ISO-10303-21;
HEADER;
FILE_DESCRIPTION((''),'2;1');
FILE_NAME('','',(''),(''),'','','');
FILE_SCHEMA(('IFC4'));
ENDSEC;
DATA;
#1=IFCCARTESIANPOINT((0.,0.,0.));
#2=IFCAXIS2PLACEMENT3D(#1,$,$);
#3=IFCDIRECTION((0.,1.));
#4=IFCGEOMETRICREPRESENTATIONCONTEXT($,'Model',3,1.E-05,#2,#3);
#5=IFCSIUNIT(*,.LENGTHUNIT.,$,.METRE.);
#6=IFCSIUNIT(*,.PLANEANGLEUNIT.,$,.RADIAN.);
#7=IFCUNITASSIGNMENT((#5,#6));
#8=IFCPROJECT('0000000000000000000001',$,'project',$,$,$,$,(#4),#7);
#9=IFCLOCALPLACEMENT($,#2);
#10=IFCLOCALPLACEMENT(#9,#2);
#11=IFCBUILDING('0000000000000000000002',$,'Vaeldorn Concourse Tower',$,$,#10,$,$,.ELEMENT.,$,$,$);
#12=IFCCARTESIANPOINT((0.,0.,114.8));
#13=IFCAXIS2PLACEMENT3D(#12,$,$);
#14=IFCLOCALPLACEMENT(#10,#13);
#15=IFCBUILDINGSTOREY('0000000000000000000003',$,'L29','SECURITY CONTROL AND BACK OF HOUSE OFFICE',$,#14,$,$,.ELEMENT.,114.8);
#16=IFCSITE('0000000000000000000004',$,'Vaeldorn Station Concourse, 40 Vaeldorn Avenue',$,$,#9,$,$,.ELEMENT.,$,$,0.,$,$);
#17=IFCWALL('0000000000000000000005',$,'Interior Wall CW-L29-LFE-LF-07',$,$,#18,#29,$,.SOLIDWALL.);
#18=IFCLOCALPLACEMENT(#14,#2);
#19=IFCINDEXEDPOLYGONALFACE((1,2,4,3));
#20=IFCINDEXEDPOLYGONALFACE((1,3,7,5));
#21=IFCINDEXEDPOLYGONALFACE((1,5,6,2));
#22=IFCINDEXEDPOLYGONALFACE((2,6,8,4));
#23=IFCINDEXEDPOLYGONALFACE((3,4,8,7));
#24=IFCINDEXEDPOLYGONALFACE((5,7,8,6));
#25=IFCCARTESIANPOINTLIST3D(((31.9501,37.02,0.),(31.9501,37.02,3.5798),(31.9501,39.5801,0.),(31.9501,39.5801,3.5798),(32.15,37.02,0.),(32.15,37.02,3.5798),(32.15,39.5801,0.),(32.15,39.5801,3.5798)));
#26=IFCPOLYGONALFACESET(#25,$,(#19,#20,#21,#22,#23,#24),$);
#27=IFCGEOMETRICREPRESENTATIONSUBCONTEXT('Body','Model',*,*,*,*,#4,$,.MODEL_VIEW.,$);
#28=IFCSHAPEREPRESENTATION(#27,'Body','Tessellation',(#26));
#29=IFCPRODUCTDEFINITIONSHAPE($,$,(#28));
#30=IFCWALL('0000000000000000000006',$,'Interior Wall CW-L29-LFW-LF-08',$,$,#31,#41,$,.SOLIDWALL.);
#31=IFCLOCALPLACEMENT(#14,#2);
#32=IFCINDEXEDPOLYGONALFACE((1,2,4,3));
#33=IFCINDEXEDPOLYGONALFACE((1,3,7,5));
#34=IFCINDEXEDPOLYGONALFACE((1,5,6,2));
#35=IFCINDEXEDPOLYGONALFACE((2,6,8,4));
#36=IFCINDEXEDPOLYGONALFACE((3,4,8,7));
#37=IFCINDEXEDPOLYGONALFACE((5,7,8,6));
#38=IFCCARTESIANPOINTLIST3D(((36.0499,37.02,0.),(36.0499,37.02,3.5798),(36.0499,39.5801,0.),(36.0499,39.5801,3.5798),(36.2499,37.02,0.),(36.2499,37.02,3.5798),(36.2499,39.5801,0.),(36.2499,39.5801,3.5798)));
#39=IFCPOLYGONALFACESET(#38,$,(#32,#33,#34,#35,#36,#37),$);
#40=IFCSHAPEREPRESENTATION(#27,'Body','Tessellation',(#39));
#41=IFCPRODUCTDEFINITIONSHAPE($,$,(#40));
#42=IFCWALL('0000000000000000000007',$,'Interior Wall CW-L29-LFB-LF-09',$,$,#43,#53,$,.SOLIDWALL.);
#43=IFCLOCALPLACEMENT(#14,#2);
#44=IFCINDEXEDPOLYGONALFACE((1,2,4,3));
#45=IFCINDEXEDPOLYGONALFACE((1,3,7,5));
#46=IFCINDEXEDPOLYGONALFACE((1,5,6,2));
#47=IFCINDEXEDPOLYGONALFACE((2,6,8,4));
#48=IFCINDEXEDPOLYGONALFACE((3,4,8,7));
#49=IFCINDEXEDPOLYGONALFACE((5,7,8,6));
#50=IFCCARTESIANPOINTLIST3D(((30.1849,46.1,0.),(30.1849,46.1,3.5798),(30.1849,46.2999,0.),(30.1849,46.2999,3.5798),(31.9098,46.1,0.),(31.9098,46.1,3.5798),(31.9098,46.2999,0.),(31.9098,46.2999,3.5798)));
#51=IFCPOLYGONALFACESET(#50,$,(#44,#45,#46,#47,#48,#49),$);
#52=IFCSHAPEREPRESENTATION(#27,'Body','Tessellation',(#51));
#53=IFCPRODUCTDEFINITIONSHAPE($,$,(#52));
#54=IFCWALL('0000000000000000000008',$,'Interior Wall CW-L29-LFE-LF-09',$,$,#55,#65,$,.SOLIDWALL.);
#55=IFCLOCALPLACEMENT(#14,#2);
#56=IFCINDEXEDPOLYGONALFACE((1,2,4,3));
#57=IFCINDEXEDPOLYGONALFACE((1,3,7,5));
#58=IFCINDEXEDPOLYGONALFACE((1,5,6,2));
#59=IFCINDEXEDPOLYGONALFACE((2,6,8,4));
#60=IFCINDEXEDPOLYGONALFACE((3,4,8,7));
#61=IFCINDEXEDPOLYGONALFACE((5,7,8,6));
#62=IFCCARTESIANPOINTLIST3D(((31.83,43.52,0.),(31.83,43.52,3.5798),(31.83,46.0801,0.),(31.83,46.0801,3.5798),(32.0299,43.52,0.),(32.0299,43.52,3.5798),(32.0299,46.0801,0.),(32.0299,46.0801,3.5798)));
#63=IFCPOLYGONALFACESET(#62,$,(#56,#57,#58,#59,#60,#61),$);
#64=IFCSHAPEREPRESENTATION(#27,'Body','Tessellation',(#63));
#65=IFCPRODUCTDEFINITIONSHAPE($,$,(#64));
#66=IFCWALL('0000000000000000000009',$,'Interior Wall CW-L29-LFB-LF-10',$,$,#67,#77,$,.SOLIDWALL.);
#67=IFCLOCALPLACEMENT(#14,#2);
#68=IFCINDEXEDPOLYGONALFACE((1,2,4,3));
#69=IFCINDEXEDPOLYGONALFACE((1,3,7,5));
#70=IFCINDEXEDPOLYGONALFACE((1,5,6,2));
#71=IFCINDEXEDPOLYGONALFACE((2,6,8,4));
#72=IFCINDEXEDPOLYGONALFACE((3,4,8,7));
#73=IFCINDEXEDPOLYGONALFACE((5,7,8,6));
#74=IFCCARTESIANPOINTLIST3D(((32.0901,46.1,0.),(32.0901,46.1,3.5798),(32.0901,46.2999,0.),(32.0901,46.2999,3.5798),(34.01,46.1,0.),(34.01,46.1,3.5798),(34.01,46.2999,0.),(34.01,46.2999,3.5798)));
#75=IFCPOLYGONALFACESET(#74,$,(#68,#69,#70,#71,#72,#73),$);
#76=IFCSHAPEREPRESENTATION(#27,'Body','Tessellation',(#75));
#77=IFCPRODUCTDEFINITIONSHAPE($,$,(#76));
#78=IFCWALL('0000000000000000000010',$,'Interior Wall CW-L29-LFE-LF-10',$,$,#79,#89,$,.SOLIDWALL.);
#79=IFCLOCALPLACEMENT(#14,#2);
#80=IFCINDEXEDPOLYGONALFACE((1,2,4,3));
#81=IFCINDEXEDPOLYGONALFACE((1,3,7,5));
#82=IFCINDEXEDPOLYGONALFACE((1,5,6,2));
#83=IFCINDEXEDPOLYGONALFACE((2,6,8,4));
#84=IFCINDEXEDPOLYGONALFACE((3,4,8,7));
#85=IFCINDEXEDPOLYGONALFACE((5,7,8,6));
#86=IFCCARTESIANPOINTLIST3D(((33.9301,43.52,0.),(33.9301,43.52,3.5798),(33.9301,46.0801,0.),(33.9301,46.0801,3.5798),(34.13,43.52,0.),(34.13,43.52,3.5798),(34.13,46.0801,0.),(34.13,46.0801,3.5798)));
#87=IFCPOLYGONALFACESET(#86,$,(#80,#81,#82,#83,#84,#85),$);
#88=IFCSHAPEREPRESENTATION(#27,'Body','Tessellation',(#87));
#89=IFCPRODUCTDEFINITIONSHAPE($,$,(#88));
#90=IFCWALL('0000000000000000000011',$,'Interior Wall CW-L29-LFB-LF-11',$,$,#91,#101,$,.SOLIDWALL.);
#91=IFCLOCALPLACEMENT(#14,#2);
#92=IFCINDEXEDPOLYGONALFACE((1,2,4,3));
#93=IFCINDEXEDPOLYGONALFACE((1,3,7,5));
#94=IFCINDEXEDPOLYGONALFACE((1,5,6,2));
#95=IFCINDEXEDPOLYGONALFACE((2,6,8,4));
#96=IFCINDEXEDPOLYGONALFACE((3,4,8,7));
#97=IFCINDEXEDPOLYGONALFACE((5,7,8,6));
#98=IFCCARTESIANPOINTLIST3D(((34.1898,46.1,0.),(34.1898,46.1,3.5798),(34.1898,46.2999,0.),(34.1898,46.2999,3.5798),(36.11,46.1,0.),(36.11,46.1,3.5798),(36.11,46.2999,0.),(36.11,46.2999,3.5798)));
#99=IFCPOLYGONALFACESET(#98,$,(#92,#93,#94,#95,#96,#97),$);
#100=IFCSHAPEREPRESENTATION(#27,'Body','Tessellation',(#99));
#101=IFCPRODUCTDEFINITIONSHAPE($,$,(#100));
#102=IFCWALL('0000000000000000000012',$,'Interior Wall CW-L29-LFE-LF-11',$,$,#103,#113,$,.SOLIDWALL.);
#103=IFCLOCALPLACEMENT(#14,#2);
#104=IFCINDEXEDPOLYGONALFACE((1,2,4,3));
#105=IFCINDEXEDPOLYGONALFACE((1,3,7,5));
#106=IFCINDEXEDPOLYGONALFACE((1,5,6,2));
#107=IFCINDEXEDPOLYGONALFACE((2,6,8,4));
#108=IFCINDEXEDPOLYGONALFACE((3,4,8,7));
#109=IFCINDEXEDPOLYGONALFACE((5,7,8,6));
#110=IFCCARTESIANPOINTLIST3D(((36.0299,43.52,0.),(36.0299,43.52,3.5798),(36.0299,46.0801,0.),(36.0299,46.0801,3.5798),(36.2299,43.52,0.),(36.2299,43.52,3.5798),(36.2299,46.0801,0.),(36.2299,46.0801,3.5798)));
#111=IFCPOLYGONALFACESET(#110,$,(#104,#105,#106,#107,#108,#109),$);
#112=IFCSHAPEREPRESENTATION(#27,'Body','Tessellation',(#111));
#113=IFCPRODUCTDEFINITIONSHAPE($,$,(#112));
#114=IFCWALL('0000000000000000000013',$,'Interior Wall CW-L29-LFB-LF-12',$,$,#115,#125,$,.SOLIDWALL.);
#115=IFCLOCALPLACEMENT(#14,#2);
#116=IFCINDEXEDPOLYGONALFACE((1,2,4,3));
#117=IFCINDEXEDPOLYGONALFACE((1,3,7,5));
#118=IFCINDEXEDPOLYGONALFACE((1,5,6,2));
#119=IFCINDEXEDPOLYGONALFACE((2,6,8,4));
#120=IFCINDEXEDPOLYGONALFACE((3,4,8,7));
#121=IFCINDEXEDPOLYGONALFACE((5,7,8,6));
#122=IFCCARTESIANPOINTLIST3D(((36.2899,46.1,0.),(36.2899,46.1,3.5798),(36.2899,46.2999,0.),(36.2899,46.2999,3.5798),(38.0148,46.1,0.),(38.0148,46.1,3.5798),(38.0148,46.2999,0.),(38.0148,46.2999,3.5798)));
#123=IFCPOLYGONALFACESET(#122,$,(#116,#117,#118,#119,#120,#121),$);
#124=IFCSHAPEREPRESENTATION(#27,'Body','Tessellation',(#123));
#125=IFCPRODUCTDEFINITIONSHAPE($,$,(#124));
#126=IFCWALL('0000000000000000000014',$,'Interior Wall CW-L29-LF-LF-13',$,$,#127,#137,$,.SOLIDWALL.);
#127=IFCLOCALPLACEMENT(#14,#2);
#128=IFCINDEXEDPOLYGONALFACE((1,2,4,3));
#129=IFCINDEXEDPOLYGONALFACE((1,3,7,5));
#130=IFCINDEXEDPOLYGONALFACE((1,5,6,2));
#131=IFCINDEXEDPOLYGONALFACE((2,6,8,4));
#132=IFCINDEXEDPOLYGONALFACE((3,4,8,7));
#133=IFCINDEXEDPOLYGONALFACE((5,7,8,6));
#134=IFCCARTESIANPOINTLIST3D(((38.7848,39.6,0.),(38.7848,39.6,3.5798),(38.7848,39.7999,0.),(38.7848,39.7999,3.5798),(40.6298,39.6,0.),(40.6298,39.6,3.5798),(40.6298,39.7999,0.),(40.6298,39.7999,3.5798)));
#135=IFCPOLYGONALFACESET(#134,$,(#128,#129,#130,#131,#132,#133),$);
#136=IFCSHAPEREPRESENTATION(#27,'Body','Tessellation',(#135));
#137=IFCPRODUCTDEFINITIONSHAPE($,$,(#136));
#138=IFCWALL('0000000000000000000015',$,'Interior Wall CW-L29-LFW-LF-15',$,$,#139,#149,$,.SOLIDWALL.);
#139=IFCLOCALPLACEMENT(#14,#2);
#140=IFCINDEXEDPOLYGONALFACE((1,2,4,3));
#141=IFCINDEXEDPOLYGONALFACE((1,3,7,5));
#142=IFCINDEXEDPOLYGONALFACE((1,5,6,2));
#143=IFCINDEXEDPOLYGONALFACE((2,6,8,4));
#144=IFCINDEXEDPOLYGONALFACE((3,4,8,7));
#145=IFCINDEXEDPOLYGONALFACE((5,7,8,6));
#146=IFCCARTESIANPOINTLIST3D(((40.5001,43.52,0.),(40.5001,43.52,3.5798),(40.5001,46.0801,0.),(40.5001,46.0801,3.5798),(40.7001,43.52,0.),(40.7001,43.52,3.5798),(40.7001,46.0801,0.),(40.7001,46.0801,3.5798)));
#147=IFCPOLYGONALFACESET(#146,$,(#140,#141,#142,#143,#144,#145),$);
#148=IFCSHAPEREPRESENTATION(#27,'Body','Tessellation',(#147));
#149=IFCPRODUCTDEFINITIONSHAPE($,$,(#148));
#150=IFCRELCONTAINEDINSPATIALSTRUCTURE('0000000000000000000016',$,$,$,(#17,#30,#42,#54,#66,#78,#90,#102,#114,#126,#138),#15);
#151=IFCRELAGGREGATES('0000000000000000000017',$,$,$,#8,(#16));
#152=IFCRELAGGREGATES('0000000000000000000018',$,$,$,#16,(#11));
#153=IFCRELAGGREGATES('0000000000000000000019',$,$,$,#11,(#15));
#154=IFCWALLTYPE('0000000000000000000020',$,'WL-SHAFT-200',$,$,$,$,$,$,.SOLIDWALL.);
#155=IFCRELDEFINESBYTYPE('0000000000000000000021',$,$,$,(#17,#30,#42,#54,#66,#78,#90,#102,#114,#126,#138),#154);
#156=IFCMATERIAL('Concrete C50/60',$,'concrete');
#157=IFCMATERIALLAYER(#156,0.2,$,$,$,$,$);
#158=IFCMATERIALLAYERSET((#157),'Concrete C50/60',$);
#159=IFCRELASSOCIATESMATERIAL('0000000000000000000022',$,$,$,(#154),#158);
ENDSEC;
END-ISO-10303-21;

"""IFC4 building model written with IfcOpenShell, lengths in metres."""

from ifc_helpers import new_model, si_unit, direction, frame, frame_2d, origin, place, context, subcontext, project, spatial, rectangle, extrude, material, layer, layer_set, type_object, element, save


model = new_model("IFC4")

# Units and contexts
model_context = context("Model", 3, precision=1e-05, world=origin(), true_north=direction((0.0, 1.0)))
body_context = subcontext(model_context, "Body", "Model", "MODEL_VIEW")
ifc_project = project(units=[si_unit("LENGTHUNIT", "METRE"), si_unit("PLANEANGLEUNIT", "RADIAN")], contexts=[model_context])

# Site, building, storey
site_placement = place(None, origin())
site = spatial("IfcSite", under=ifc_project, at=site_placement, Name="Vaeldorn Station Concourse, 40 Vaeldorn Avenue", CompositionType="ELEMENT", RefElevation=0.0)
building_placement = place(site_placement, origin())
building = spatial("IfcBuilding", under=site, at=building_placement, Name="Vaeldorn Concourse Tower", CompositionType="ELEMENT")
storey_placement = place(building_placement, frame((0.0, 0.0, 114.8)))
storey = spatial("IfcBuildingStorey", under=building, at=storey_placement, Name="L29", Description="SECURITY CONTROL AND BACK OF HOUSE OFFICE", CompositionType="ELEMENT", Elevation=114.8)

# Shared definitions
ifc_material_1 = material(Name="Concrete C50/60", Category="concrete")
ifc_layer_1 = layer(ifc_material_1, 0.2)
ifc_layer_set_1 = layer_set([ifc_layer_1], Name="Concrete C50/60")
wall_type_1 = type_object("IfcWallType", Name="WL-SHAFT-200", PredefinedType="SOLIDWALL", material=ifc_layer_set_1)

# Wall
wall_1_placement = place(storey_placement, frame((32.05, 37.02, 0.0), z_axis=(0.0, 0.0, 1.0), x_axis=(0.0, 1.0, 0.0)))
element("IfcWall", 1, at=wall_1_placement, inside=storey, type_object=wall_type_1, Name="Interior Wall CW-L29-LFE-LF-07", PredefinedType="SOLIDWALL", context=body_context, shape_type="SweptSolid", body=[
    extrude(rectangle(XDim=2.5601, YDim=0.2, at=frame_2d((1.28, 0.0))), origin(), (0.0, 0.0, 1.0), 3.5798),
])

# Wall
wall_2_placement = place(storey_placement, frame((36.1499, 37.02, 0.0), z_axis=(0.0, 0.0, 1.0), x_axis=(0.0, 1.0, 0.0)))
element("IfcWall", 2, at=wall_2_placement, inside=storey, type_object=wall_type_1, Name="Interior Wall CW-L29-LFW-LF-08", PredefinedType="SOLIDWALL", context=body_context, shape_type="SweptSolid", body=[
    extrude(rectangle(XDim=2.5601, YDim=0.2, at=frame_2d((1.28, 0.0))), origin(), (0.0, 0.0, 1.0), 3.5798),
])

# Walls
wall_3_placement = place(storey_placement, frame((30.1851, 46.2, 0.0), z_axis=(0.0, 0.0, 1.0), x_axis=(1.0, 0.0, 0.0)))
element("IfcWall", 3, at=wall_3_placement, inside=storey, type_object=wall_type_1, Name="Interior Wall CW-L29-LFB-LF-09", PredefinedType="SOLIDWALL", context=body_context, shape_type="SweptSolid", body=[
    extrude(rectangle(XDim=1.7249, YDim=0.2, at=frame_2d((0.8623, 0.0))), origin(), (0.0, 0.0, 1.0), 3.5798),
])
wall_4_placement = place(storey_placement, frame((31.9299, 43.52, 0.0), z_axis=(0.0, 0.0, 1.0), x_axis=(0.0, 1.0, 0.0)))
element("IfcWall", 4, at=wall_4_placement, inside=storey, type_object=wall_type_1, Name="Interior Wall CW-L29-LFE-LF-09", PredefinedType="SOLIDWALL", context=body_context, shape_type="SweptSolid", body=[
    extrude(rectangle(XDim=2.5601, YDim=0.2, at=frame_2d((1.28, 0.0))), origin(), (0.0, 0.0, 1.0), 3.5798),
])

# Walls
wall_5_placement = place(storey_placement, frame((32.0901, 46.2, 0.0), z_axis=(0.0, 0.0, 1.0), x_axis=(1.0, 0.0, 0.0)))
element("IfcWall", 5, at=wall_5_placement, inside=storey, type_object=wall_type_1, Name="Interior Wall CW-L29-LFB-LF-10", PredefinedType="SOLIDWALL", context=body_context, shape_type="SweptSolid", body=[
    extrude(rectangle(XDim=1.9199, YDim=0.2, at=frame_2d((0.96, 0.0))), origin(), (0.0, 0.0, 1.0), 3.5798),
])
wall_6_placement = place(storey_placement, frame((34.03, 43.52, 0.0), z_axis=(0.0, 0.0, 1.0), x_axis=(0.0, 1.0, 0.0)))
element("IfcWall", 6, at=wall_6_placement, inside=storey, type_object=wall_type_1, Name="Interior Wall CW-L29-LFE-LF-10", PredefinedType="SOLIDWALL", context=body_context, shape_type="SweptSolid", body=[
    extrude(rectangle(XDim=2.5601, YDim=0.2, at=frame_2d((1.28, 0.0))), origin(), (0.0, 0.0, 1.0), 3.5798),
])

# Walls
wall_7_placement = place(storey_placement, frame((34.1899, 46.2, 0.0), z_axis=(0.0, 0.0, 1.0), x_axis=(1.0, 0.0, 0.0)))
element("IfcWall", 7, at=wall_7_placement, inside=storey, type_object=wall_type_1, Name="Interior Wall CW-L29-LFB-LF-11", PredefinedType="SOLIDWALL", context=body_context, shape_type="SweptSolid", body=[
    extrude(rectangle(XDim=1.9202, YDim=0.2, at=frame_2d((0.96, 0.0))), origin(), (0.0, 0.0, 1.0), 3.5798),
])
wall_8_placement = place(storey_placement, frame((36.1299, 43.52, 0.0), z_axis=(0.0, 0.0, 1.0), x_axis=(0.0, 1.0, 0.0)))
element("IfcWall", 8, at=wall_8_placement, inside=storey, type_object=wall_type_1, Name="Interior Wall CW-L29-LFE-LF-11", PredefinedType="SOLIDWALL", context=body_context, shape_type="SweptSolid", body=[
    extrude(rectangle(XDim=2.5601, YDim=0.2, at=frame_2d((1.28, 0.0))), origin(), (0.0, 0.0, 1.0), 3.5798),
])

# Walls
wall_9_placement = place(storey_placement, frame((36.29, 46.2, 0.0), z_axis=(0.0, 0.0, 1.0), x_axis=(1.0, 0.0, 0.0)))
element("IfcWall", 9, at=wall_9_placement, inside=storey, type_object=wall_type_1, Name="Interior Wall CW-L29-LFB-LF-12", PredefinedType="SOLIDWALL", context=body_context, shape_type="SweptSolid", body=[
    extrude(rectangle(XDim=1.7249, YDim=0.2, at=frame_2d((0.8623, 0.0))), origin(), (0.0, 0.0, 1.0), 3.5798),
])
wall_10_placement = place(storey_placement, frame((38.7849, 39.7, 0.0), z_axis=(0.0, 0.0, 1.0), x_axis=(1.0, 0.0, 0.0)))
element("IfcWall", 10, at=wall_10_placement, inside=storey, type_object=wall_type_1, Name="Interior Wall CW-L29-LF-LF-13", PredefinedType="SOLIDWALL", context=body_context, shape_type="SweptSolid", body=[
    extrude(rectangle(XDim=1.845, YDim=0.2, at=frame_2d((0.9224, 0.0))), origin(), (0.0, 0.0, 1.0), 3.5798),
])
wall_11_placement = place(storey_placement, frame((40.6001, 43.52, 0.0), z_axis=(0.0, 0.0, 1.0), x_axis=(0.0, 1.0, 0.0)))
element("IfcWall", 11, at=wall_11_placement, inside=storey, type_object=wall_type_1, Name="Interior Wall CW-L29-LFW-LF-15", PredefinedType="SOLIDWALL", context=body_context, shape_type="SweptSolid", body=[
    extrude(rectangle(XDim=2.5601, YDim=0.2, at=frame_2d((1.28, 0.0))), origin(), (0.0, 0.0, 1.0), 3.5798),
])

save(model, "model.ifc")
